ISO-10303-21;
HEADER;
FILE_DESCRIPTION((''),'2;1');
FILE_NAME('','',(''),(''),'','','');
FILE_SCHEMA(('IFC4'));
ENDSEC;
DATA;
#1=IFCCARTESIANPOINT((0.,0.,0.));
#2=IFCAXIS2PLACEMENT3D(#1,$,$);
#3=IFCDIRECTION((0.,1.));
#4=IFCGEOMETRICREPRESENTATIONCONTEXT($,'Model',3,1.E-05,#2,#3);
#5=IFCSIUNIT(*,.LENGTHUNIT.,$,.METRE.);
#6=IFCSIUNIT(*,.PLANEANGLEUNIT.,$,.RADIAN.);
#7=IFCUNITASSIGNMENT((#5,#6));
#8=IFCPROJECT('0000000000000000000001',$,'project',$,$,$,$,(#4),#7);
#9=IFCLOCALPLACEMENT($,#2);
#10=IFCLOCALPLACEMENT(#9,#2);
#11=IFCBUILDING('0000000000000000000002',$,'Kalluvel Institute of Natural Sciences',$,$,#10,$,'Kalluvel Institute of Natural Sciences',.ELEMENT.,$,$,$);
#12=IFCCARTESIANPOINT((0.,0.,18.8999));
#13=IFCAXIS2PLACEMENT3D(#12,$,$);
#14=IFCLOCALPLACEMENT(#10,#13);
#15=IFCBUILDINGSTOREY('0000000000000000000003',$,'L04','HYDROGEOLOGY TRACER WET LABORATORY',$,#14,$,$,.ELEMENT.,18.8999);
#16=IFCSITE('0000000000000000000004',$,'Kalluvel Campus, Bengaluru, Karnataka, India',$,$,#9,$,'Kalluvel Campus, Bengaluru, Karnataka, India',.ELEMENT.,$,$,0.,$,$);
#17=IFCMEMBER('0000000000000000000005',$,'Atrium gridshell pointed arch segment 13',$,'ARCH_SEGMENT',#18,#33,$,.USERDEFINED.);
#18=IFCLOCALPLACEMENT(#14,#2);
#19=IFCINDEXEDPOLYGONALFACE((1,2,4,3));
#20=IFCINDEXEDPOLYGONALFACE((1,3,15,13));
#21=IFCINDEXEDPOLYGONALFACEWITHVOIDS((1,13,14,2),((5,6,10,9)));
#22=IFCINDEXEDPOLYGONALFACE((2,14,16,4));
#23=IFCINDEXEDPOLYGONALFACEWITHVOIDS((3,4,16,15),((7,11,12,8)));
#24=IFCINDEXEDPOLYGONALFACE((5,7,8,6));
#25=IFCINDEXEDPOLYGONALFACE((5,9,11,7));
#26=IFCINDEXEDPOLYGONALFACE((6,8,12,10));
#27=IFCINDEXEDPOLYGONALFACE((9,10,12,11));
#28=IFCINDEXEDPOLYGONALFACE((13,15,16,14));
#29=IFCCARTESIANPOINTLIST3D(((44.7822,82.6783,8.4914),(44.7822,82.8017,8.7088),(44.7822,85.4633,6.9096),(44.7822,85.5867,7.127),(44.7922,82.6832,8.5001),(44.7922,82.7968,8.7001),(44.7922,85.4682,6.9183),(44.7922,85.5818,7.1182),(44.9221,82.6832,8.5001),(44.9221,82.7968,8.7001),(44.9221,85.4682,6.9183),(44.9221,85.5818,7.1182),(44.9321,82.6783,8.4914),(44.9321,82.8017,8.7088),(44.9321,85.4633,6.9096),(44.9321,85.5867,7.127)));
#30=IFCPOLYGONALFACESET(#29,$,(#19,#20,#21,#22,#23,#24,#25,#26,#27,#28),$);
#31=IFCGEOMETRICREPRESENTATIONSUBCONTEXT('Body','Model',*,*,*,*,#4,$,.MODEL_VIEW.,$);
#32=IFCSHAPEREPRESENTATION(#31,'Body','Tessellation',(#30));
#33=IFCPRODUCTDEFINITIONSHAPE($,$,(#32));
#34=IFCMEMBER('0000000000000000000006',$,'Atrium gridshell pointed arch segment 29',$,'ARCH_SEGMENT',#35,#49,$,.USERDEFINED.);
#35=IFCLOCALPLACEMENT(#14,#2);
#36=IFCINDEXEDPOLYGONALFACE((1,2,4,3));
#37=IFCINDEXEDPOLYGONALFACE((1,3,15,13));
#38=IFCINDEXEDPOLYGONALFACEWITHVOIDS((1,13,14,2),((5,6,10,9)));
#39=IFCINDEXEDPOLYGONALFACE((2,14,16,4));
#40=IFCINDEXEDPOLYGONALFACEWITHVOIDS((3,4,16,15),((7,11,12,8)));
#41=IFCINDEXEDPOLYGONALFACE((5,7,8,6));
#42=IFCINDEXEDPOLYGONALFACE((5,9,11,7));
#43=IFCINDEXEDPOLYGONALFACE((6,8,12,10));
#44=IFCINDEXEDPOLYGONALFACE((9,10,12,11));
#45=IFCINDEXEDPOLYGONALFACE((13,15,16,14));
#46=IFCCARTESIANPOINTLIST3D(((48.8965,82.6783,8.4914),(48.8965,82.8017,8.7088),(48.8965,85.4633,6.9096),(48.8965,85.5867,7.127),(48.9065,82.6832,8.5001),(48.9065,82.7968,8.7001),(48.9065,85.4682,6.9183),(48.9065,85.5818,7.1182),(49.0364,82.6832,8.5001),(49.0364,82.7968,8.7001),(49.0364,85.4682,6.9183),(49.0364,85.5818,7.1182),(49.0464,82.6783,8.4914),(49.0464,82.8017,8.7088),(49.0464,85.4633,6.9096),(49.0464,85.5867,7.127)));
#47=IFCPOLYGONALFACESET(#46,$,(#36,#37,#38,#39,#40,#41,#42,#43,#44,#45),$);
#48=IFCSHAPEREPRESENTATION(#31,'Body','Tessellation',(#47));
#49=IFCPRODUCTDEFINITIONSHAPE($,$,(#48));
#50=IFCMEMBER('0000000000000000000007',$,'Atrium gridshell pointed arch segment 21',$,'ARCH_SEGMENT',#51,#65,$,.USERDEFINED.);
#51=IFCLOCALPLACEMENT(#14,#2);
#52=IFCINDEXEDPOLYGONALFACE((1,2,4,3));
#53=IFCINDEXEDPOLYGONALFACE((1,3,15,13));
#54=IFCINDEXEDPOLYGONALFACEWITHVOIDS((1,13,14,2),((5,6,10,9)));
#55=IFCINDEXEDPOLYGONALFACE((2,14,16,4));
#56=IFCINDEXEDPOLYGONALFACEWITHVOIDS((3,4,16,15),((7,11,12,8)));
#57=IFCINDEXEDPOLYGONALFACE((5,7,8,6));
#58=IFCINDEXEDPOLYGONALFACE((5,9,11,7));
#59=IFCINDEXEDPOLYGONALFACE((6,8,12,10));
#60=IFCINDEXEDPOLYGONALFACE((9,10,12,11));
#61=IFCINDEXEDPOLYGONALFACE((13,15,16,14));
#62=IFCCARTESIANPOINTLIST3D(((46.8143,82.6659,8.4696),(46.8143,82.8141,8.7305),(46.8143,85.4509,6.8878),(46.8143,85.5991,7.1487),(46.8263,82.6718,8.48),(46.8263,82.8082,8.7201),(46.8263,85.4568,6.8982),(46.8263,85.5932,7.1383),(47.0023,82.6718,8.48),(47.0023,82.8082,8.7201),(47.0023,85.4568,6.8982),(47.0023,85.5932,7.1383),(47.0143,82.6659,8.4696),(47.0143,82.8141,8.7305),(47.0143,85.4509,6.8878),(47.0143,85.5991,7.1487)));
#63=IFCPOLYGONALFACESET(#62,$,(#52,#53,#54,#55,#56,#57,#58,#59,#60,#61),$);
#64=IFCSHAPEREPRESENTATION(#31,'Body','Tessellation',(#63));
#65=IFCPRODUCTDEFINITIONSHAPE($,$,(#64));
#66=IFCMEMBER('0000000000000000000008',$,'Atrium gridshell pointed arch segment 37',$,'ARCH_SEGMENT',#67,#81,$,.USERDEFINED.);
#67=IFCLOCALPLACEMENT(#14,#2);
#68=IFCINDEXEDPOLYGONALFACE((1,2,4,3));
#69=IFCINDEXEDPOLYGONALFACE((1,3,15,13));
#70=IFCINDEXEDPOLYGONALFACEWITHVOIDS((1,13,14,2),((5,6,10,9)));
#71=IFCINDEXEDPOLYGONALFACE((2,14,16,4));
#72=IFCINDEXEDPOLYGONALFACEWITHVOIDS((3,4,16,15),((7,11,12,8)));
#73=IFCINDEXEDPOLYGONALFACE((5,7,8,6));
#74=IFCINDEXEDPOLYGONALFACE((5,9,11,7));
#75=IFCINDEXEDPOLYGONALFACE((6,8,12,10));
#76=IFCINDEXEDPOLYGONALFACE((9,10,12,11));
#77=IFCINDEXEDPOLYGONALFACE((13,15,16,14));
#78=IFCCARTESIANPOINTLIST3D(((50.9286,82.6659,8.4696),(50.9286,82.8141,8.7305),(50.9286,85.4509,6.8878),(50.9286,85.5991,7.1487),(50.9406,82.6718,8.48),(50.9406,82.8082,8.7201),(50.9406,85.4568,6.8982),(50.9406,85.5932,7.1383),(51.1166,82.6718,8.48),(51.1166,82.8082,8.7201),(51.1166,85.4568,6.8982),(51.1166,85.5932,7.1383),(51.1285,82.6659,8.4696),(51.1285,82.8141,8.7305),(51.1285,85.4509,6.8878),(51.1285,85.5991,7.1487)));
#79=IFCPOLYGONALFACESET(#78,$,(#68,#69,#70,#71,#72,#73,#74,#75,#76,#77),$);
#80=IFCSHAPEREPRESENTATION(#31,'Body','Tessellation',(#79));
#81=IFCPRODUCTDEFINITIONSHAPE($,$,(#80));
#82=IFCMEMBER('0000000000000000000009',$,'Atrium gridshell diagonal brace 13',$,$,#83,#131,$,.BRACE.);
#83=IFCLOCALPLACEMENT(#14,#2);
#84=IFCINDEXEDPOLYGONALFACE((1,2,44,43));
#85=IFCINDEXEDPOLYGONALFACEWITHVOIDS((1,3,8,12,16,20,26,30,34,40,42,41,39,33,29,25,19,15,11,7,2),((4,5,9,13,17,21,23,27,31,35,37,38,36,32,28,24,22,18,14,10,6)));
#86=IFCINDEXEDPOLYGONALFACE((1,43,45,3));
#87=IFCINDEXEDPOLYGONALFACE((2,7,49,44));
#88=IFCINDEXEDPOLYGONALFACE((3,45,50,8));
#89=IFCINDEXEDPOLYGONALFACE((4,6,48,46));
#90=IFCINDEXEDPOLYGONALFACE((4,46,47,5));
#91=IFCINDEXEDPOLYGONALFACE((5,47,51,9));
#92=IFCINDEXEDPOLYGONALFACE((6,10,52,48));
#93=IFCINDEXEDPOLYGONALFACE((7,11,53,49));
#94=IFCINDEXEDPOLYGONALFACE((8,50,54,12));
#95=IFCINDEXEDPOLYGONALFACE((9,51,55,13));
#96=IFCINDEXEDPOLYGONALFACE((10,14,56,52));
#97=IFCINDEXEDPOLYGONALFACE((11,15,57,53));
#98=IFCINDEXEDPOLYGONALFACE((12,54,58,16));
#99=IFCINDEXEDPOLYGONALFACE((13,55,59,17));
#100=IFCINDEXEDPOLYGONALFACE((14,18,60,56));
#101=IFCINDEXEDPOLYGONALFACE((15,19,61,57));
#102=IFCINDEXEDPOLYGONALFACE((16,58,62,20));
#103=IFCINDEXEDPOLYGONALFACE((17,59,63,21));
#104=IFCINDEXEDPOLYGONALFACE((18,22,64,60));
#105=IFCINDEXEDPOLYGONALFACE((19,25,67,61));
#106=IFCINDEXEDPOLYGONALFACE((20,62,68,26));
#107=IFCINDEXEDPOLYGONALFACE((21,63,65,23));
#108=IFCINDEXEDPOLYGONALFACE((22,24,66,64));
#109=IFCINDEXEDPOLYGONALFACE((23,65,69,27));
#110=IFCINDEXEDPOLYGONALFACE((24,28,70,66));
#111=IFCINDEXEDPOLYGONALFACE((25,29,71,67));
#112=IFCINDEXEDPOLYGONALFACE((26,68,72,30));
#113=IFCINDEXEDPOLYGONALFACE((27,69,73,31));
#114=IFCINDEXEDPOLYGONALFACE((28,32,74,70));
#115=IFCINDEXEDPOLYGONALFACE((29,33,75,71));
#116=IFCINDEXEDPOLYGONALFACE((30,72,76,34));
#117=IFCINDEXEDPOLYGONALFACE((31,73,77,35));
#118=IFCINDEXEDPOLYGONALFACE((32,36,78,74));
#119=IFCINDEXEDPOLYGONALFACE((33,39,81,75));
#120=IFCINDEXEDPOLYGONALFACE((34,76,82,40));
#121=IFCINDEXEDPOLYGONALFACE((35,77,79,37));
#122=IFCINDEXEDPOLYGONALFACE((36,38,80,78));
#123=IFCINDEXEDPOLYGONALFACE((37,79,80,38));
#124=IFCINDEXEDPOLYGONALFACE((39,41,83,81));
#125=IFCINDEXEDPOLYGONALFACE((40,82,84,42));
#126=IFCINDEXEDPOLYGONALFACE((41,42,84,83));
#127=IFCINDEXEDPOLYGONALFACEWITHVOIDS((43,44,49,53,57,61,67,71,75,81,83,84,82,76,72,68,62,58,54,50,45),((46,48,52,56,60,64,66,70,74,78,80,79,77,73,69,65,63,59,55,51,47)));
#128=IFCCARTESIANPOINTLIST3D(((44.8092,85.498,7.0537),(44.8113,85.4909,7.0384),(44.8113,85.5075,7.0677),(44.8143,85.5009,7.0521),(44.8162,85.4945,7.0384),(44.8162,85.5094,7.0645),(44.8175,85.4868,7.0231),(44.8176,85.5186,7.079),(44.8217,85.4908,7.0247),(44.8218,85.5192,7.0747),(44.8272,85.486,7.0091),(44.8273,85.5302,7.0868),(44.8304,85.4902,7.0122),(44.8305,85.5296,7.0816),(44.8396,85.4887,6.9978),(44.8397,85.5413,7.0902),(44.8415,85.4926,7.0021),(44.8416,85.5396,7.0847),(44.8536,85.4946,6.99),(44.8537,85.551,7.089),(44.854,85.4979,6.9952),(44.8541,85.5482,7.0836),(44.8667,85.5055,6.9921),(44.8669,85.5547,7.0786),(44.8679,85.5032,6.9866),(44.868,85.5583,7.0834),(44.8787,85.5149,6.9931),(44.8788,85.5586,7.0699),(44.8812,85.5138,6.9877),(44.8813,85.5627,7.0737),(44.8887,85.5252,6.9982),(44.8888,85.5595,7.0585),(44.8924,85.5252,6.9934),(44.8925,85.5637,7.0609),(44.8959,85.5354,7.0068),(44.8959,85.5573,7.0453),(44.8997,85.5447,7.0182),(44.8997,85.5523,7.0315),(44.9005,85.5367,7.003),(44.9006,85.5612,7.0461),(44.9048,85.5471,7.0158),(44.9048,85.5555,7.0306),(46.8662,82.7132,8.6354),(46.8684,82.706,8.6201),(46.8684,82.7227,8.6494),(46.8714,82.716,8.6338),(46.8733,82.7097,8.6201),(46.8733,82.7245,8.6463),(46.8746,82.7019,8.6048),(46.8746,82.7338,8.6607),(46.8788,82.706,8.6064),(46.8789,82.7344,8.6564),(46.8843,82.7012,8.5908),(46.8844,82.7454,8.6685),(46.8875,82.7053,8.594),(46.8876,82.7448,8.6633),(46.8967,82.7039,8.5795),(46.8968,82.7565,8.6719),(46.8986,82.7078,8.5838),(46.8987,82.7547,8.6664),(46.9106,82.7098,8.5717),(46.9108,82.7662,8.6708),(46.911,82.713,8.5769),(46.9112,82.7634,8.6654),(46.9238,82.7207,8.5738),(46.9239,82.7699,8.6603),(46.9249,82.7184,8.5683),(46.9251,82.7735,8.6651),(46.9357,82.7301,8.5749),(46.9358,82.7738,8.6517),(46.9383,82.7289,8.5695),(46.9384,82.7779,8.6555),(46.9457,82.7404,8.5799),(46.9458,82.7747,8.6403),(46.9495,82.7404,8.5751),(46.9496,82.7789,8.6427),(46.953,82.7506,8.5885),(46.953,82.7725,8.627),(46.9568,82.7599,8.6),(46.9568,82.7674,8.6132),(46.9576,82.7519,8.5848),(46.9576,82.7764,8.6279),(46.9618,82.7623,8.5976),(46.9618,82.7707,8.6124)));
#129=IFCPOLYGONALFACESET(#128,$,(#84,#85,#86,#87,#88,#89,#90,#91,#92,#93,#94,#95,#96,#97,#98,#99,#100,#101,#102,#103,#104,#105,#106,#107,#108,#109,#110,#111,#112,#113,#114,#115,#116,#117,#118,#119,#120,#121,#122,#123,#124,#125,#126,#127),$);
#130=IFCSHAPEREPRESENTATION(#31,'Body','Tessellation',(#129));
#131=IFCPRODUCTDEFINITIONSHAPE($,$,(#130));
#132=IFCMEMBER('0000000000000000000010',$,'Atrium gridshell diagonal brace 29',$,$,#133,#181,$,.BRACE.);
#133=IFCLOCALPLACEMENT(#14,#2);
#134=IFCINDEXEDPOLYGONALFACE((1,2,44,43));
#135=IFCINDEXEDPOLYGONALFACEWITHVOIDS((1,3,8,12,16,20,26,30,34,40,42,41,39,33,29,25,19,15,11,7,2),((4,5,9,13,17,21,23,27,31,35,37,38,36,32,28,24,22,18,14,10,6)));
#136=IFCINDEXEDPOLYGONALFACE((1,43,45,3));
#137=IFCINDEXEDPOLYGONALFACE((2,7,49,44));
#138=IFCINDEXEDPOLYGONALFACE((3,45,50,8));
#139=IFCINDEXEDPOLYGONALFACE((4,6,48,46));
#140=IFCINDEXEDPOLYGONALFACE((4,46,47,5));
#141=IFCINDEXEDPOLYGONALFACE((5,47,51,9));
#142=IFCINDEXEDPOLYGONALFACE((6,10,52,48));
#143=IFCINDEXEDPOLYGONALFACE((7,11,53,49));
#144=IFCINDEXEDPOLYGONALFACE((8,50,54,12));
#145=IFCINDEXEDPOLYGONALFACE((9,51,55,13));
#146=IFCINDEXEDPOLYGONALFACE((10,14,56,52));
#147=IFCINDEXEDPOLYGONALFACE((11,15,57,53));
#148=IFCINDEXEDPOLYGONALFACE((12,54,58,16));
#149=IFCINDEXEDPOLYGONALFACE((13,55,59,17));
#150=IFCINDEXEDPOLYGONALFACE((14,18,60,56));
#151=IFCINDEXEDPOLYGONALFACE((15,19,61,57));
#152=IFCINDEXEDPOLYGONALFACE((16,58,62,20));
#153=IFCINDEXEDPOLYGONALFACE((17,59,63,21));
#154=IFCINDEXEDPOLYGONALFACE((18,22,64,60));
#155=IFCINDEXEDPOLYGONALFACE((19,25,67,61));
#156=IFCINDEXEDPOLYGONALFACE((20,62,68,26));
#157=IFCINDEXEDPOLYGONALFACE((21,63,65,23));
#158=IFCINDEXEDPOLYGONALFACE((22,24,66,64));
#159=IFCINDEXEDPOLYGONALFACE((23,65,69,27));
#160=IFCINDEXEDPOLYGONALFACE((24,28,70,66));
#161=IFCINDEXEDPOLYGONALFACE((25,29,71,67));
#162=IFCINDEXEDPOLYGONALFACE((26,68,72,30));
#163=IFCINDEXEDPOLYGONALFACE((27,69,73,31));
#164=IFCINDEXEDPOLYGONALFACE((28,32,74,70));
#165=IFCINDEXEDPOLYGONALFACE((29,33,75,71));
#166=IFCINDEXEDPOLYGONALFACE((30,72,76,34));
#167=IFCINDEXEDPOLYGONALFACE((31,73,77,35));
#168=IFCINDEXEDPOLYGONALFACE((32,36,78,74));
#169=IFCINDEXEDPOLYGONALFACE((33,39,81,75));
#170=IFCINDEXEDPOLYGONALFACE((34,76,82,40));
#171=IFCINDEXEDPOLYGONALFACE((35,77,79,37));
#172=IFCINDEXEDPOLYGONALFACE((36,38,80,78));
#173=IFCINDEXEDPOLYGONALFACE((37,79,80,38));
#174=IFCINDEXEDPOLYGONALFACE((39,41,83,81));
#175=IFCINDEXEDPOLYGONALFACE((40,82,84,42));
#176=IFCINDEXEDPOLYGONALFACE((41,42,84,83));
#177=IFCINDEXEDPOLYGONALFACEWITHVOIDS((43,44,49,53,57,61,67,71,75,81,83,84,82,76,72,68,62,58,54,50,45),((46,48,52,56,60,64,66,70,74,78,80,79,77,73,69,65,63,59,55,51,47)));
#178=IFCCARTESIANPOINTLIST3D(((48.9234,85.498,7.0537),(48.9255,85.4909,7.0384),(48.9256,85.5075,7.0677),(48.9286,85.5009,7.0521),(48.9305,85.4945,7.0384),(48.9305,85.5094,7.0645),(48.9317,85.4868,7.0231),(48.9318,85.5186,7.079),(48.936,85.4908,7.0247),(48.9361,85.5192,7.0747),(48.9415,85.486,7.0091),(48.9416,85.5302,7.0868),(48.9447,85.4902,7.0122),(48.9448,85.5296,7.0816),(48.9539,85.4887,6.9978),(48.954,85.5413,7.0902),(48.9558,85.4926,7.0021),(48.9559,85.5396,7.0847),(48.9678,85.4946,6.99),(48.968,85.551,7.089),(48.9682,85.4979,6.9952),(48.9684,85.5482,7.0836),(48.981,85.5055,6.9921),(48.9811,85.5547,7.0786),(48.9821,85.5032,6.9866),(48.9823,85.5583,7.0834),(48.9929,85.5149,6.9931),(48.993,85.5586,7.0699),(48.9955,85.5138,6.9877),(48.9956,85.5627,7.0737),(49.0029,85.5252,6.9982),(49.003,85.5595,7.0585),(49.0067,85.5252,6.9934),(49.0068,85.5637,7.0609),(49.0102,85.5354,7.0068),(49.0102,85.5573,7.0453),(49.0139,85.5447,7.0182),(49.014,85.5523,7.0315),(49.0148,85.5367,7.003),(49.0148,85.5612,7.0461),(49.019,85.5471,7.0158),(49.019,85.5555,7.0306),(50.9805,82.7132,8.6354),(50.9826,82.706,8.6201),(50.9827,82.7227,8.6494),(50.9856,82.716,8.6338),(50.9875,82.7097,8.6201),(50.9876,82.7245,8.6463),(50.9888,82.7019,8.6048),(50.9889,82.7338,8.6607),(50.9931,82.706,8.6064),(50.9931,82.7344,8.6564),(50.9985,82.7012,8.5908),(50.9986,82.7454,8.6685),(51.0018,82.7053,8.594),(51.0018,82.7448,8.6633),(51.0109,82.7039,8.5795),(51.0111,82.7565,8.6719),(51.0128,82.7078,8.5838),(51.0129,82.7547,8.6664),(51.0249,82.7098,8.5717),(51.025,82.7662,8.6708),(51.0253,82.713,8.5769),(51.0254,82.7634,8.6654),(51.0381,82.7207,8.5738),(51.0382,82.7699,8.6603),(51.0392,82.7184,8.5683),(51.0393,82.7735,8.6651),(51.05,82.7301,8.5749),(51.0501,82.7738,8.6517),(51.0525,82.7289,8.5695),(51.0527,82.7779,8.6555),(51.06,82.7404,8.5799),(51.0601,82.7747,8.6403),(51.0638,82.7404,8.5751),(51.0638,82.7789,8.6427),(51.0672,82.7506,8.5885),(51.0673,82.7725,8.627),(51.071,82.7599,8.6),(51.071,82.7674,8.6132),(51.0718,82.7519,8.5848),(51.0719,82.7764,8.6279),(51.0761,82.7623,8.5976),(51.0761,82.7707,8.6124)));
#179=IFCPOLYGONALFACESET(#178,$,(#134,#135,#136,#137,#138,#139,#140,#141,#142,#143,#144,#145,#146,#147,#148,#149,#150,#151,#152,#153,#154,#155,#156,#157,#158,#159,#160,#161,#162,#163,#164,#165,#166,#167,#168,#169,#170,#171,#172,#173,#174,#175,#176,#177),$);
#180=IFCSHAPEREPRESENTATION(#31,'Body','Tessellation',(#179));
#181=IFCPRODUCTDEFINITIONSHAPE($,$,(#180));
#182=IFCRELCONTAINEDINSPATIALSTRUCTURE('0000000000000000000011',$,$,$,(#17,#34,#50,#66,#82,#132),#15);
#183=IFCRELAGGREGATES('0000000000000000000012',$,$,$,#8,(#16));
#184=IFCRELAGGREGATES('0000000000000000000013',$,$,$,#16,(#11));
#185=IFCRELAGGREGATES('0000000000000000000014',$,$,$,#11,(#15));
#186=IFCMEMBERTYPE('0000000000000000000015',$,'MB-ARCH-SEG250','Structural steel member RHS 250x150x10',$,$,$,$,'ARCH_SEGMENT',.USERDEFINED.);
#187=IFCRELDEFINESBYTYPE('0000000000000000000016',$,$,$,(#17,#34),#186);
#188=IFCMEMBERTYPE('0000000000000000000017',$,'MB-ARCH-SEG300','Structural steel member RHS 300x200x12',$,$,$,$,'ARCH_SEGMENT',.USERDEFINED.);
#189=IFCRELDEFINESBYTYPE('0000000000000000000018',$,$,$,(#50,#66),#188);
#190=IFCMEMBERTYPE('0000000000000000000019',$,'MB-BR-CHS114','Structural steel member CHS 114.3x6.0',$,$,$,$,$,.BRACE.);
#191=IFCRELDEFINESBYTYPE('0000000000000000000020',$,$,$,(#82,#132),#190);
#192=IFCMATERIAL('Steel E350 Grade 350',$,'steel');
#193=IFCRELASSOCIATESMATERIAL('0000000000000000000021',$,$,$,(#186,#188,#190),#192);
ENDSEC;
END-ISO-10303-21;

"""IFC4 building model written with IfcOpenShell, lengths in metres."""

from ifc_helpers import new_model, si_unit, direction, frame, origin, origin_2d, place, context, subcontext, project, spatial, hollow_rectangle, hollow_circle, extrude, material, material_profile, profile_set, type_object, element, save


model = new_model("IFC4")

# Units and contexts
model_context = context("Model", 3, precision=1e-05, world=origin(), true_north=direction((0.0, 1.0)))
body_context = subcontext(model_context, "Body", "Model", "MODEL_VIEW")
ifc_project = project(units=[si_unit("LENGTHUNIT", "METRE"), si_unit("PLANEANGLEUNIT", "RADIAN")], contexts=[model_context])

# Site, building, storey
site_placement = place(None, origin())
site = spatial("IfcSite", under=ifc_project, at=site_placement, Name="Kalluvel Campus, Bengaluru, Karnataka, India", LongName="Kalluvel Campus, Bengaluru, Karnataka, India", CompositionType="ELEMENT", RefElevation=0.0)
building_placement = place(site_placement, origin())
building = spatial("IfcBuilding", under=site, at=building_placement, Name="Kalluvel Institute of Natural Sciences", LongName="Kalluvel Institute of Natural Sciences", CompositionType="ELEMENT")
storey_placement = place(building_placement, frame((0.0, 0.0, 18.8999)))
storey = spatial("IfcBuildingStorey", under=building, at=storey_placement, Name="L04", Description="HYDROGEOLOGY TRACER WET LABORATORY", CompositionType="ELEMENT", Elevation=18.8999)

# Members
ifc_material_1 = material(Name="Steel E350 Grade 350", Category="steel")
ifc_material_profile_1 = material_profile(ifc_material_1, hollow_rectangle(XDim=0.1499, YDim=0.25, WallThickness=0.01, at=origin_2d()), Name="RHS 250x150x10")
ifc_profile_set_1 = profile_set([ifc_material_profile_1], Name="Steel E350 Grade 350")
member_type_1 = type_object("IfcMemberType", Name="MB-ARCH-SEG250", Description="Structural steel member RHS 250x150x10", ElementType="ARCH_SEGMENT", PredefinedType="USERDEFINED", material=ifc_profile_set_1)
for number, where, z_axis, x_axis, name in (
    (1, (44.8572, 82.74, 8.6001), (0.0, 0.86953, -0.49388), (-1.0, 0.0, 0.0), "Atrium gridshell pointed arch segment 13"),
    (2, (48.9714, 82.74, 8.6001), (0.0, 0.86953, -0.49388), (-1.0, 0.0, 0.0), "Atrium gridshell pointed arch segment 29"),
):
    element("IfcMember", number, at=place(storey_placement, frame(where, z_axis=z_axis, x_axis=x_axis)), inside=storey, type_object=member_type_1, Name=name, ObjectType="ARCH_SEGMENT", PredefinedType="USERDEFINED", context=body_context, shape_type="SweptSolid", body=[
        extrude(hollow_rectangle(XDim=0.1499, YDim=0.25, WallThickness=0.01, at=origin_2d()), origin(), (0.0, 0.0, 1.0), 3.2029),
    ])
ifc_material_profile_2 = material_profile(ifc_material_1, hollow_rectangle(XDim=0.2, YDim=0.3, WallThickness=0.012, at=origin_2d()), Name="RHS 300x200x12")
ifc_profile_set_2 = profile_set([ifc_material_profile_2], Name="Steel E350 Grade 350")
member_type_2 = type_object("IfcMemberType", Name="MB-ARCH-SEG300", Description="Structural steel member RHS 300x200x12", ElementType="ARCH_SEGMENT", PredefinedType="USERDEFINED", material=ifc_profile_set_2)
for number, where, z_axis, x_axis, name in (
    (3, (46.9143, 82.74, 8.6001), (0.0, 0.86953, -0.49388), (-1.0, 0.0, 0.0), "Atrium gridshell pointed arch segment 21"),
    (4, (51.0286, 82.74, 8.6001), (0.0, 0.86953, -0.49388), (-1.0, 0.0, 0.0), "Atrium gridshell pointed arch segment 37"),
):
    element("IfcMember", number, at=place(storey_placement, frame(where, z_axis=z_axis, x_axis=x_axis)), inside=storey, type_object=member_type_2, Name=name, ObjectType="ARCH_SEGMENT", PredefinedType="USERDEFINED", context=body_context, shape_type="SweptSolid", body=[
        extrude(hollow_rectangle(XDim=0.2, YDim=0.3, WallThickness=0.012, at=origin_2d()), origin(), (0.0, 0.0, 1.0), 3.2029),
    ])
ifc_material_profile_3 = material_profile(ifc_material_1, hollow_circle(Radius=0.0571, WallThickness=0.0061, at=origin_2d()), Name="CHS 114.3x6.0")
ifc_profile_set_3 = profile_set([ifc_material_profile_3], Name="Steel E350 Grade 350")
member_type_3 = type_object("IfcMemberType", Name="MB-BR-CHS114", Description="Structural steel member CHS 114.3x6.0", PredefinedType="BRACE", material=ifc_profile_set_3)
for number, where, z_axis, x_axis, name in (
    (5, (46.9143, 82.74, 8.6201), (-0.540423, 0.731617, -0.415547), (-0.804353, -0.594151, 0.0), "Atrium gridshell diagonal brace 13"),
    (6, (51.0286, 82.74, 8.6201), (-0.540423, 0.731617, -0.415547), (-0.804353, -0.594151, 0.0), "Atrium gridshell diagonal brace 29"),
):
    element("IfcMember", number, at=place(storey_placement, frame(where, z_axis=z_axis, x_axis=x_axis)), inside=storey, type_object=member_type_3, Name=name, PredefinedType="BRACE", context=body_context, shape_type="SweptSolid", body=[
        extrude(hollow_circle(Radius=0.0571, WallThickness=0.0061, at=origin_2d()), origin(), (0.0, 0.0, 1.0), 3.8064),
    ])

save(model, "model.ifc")
